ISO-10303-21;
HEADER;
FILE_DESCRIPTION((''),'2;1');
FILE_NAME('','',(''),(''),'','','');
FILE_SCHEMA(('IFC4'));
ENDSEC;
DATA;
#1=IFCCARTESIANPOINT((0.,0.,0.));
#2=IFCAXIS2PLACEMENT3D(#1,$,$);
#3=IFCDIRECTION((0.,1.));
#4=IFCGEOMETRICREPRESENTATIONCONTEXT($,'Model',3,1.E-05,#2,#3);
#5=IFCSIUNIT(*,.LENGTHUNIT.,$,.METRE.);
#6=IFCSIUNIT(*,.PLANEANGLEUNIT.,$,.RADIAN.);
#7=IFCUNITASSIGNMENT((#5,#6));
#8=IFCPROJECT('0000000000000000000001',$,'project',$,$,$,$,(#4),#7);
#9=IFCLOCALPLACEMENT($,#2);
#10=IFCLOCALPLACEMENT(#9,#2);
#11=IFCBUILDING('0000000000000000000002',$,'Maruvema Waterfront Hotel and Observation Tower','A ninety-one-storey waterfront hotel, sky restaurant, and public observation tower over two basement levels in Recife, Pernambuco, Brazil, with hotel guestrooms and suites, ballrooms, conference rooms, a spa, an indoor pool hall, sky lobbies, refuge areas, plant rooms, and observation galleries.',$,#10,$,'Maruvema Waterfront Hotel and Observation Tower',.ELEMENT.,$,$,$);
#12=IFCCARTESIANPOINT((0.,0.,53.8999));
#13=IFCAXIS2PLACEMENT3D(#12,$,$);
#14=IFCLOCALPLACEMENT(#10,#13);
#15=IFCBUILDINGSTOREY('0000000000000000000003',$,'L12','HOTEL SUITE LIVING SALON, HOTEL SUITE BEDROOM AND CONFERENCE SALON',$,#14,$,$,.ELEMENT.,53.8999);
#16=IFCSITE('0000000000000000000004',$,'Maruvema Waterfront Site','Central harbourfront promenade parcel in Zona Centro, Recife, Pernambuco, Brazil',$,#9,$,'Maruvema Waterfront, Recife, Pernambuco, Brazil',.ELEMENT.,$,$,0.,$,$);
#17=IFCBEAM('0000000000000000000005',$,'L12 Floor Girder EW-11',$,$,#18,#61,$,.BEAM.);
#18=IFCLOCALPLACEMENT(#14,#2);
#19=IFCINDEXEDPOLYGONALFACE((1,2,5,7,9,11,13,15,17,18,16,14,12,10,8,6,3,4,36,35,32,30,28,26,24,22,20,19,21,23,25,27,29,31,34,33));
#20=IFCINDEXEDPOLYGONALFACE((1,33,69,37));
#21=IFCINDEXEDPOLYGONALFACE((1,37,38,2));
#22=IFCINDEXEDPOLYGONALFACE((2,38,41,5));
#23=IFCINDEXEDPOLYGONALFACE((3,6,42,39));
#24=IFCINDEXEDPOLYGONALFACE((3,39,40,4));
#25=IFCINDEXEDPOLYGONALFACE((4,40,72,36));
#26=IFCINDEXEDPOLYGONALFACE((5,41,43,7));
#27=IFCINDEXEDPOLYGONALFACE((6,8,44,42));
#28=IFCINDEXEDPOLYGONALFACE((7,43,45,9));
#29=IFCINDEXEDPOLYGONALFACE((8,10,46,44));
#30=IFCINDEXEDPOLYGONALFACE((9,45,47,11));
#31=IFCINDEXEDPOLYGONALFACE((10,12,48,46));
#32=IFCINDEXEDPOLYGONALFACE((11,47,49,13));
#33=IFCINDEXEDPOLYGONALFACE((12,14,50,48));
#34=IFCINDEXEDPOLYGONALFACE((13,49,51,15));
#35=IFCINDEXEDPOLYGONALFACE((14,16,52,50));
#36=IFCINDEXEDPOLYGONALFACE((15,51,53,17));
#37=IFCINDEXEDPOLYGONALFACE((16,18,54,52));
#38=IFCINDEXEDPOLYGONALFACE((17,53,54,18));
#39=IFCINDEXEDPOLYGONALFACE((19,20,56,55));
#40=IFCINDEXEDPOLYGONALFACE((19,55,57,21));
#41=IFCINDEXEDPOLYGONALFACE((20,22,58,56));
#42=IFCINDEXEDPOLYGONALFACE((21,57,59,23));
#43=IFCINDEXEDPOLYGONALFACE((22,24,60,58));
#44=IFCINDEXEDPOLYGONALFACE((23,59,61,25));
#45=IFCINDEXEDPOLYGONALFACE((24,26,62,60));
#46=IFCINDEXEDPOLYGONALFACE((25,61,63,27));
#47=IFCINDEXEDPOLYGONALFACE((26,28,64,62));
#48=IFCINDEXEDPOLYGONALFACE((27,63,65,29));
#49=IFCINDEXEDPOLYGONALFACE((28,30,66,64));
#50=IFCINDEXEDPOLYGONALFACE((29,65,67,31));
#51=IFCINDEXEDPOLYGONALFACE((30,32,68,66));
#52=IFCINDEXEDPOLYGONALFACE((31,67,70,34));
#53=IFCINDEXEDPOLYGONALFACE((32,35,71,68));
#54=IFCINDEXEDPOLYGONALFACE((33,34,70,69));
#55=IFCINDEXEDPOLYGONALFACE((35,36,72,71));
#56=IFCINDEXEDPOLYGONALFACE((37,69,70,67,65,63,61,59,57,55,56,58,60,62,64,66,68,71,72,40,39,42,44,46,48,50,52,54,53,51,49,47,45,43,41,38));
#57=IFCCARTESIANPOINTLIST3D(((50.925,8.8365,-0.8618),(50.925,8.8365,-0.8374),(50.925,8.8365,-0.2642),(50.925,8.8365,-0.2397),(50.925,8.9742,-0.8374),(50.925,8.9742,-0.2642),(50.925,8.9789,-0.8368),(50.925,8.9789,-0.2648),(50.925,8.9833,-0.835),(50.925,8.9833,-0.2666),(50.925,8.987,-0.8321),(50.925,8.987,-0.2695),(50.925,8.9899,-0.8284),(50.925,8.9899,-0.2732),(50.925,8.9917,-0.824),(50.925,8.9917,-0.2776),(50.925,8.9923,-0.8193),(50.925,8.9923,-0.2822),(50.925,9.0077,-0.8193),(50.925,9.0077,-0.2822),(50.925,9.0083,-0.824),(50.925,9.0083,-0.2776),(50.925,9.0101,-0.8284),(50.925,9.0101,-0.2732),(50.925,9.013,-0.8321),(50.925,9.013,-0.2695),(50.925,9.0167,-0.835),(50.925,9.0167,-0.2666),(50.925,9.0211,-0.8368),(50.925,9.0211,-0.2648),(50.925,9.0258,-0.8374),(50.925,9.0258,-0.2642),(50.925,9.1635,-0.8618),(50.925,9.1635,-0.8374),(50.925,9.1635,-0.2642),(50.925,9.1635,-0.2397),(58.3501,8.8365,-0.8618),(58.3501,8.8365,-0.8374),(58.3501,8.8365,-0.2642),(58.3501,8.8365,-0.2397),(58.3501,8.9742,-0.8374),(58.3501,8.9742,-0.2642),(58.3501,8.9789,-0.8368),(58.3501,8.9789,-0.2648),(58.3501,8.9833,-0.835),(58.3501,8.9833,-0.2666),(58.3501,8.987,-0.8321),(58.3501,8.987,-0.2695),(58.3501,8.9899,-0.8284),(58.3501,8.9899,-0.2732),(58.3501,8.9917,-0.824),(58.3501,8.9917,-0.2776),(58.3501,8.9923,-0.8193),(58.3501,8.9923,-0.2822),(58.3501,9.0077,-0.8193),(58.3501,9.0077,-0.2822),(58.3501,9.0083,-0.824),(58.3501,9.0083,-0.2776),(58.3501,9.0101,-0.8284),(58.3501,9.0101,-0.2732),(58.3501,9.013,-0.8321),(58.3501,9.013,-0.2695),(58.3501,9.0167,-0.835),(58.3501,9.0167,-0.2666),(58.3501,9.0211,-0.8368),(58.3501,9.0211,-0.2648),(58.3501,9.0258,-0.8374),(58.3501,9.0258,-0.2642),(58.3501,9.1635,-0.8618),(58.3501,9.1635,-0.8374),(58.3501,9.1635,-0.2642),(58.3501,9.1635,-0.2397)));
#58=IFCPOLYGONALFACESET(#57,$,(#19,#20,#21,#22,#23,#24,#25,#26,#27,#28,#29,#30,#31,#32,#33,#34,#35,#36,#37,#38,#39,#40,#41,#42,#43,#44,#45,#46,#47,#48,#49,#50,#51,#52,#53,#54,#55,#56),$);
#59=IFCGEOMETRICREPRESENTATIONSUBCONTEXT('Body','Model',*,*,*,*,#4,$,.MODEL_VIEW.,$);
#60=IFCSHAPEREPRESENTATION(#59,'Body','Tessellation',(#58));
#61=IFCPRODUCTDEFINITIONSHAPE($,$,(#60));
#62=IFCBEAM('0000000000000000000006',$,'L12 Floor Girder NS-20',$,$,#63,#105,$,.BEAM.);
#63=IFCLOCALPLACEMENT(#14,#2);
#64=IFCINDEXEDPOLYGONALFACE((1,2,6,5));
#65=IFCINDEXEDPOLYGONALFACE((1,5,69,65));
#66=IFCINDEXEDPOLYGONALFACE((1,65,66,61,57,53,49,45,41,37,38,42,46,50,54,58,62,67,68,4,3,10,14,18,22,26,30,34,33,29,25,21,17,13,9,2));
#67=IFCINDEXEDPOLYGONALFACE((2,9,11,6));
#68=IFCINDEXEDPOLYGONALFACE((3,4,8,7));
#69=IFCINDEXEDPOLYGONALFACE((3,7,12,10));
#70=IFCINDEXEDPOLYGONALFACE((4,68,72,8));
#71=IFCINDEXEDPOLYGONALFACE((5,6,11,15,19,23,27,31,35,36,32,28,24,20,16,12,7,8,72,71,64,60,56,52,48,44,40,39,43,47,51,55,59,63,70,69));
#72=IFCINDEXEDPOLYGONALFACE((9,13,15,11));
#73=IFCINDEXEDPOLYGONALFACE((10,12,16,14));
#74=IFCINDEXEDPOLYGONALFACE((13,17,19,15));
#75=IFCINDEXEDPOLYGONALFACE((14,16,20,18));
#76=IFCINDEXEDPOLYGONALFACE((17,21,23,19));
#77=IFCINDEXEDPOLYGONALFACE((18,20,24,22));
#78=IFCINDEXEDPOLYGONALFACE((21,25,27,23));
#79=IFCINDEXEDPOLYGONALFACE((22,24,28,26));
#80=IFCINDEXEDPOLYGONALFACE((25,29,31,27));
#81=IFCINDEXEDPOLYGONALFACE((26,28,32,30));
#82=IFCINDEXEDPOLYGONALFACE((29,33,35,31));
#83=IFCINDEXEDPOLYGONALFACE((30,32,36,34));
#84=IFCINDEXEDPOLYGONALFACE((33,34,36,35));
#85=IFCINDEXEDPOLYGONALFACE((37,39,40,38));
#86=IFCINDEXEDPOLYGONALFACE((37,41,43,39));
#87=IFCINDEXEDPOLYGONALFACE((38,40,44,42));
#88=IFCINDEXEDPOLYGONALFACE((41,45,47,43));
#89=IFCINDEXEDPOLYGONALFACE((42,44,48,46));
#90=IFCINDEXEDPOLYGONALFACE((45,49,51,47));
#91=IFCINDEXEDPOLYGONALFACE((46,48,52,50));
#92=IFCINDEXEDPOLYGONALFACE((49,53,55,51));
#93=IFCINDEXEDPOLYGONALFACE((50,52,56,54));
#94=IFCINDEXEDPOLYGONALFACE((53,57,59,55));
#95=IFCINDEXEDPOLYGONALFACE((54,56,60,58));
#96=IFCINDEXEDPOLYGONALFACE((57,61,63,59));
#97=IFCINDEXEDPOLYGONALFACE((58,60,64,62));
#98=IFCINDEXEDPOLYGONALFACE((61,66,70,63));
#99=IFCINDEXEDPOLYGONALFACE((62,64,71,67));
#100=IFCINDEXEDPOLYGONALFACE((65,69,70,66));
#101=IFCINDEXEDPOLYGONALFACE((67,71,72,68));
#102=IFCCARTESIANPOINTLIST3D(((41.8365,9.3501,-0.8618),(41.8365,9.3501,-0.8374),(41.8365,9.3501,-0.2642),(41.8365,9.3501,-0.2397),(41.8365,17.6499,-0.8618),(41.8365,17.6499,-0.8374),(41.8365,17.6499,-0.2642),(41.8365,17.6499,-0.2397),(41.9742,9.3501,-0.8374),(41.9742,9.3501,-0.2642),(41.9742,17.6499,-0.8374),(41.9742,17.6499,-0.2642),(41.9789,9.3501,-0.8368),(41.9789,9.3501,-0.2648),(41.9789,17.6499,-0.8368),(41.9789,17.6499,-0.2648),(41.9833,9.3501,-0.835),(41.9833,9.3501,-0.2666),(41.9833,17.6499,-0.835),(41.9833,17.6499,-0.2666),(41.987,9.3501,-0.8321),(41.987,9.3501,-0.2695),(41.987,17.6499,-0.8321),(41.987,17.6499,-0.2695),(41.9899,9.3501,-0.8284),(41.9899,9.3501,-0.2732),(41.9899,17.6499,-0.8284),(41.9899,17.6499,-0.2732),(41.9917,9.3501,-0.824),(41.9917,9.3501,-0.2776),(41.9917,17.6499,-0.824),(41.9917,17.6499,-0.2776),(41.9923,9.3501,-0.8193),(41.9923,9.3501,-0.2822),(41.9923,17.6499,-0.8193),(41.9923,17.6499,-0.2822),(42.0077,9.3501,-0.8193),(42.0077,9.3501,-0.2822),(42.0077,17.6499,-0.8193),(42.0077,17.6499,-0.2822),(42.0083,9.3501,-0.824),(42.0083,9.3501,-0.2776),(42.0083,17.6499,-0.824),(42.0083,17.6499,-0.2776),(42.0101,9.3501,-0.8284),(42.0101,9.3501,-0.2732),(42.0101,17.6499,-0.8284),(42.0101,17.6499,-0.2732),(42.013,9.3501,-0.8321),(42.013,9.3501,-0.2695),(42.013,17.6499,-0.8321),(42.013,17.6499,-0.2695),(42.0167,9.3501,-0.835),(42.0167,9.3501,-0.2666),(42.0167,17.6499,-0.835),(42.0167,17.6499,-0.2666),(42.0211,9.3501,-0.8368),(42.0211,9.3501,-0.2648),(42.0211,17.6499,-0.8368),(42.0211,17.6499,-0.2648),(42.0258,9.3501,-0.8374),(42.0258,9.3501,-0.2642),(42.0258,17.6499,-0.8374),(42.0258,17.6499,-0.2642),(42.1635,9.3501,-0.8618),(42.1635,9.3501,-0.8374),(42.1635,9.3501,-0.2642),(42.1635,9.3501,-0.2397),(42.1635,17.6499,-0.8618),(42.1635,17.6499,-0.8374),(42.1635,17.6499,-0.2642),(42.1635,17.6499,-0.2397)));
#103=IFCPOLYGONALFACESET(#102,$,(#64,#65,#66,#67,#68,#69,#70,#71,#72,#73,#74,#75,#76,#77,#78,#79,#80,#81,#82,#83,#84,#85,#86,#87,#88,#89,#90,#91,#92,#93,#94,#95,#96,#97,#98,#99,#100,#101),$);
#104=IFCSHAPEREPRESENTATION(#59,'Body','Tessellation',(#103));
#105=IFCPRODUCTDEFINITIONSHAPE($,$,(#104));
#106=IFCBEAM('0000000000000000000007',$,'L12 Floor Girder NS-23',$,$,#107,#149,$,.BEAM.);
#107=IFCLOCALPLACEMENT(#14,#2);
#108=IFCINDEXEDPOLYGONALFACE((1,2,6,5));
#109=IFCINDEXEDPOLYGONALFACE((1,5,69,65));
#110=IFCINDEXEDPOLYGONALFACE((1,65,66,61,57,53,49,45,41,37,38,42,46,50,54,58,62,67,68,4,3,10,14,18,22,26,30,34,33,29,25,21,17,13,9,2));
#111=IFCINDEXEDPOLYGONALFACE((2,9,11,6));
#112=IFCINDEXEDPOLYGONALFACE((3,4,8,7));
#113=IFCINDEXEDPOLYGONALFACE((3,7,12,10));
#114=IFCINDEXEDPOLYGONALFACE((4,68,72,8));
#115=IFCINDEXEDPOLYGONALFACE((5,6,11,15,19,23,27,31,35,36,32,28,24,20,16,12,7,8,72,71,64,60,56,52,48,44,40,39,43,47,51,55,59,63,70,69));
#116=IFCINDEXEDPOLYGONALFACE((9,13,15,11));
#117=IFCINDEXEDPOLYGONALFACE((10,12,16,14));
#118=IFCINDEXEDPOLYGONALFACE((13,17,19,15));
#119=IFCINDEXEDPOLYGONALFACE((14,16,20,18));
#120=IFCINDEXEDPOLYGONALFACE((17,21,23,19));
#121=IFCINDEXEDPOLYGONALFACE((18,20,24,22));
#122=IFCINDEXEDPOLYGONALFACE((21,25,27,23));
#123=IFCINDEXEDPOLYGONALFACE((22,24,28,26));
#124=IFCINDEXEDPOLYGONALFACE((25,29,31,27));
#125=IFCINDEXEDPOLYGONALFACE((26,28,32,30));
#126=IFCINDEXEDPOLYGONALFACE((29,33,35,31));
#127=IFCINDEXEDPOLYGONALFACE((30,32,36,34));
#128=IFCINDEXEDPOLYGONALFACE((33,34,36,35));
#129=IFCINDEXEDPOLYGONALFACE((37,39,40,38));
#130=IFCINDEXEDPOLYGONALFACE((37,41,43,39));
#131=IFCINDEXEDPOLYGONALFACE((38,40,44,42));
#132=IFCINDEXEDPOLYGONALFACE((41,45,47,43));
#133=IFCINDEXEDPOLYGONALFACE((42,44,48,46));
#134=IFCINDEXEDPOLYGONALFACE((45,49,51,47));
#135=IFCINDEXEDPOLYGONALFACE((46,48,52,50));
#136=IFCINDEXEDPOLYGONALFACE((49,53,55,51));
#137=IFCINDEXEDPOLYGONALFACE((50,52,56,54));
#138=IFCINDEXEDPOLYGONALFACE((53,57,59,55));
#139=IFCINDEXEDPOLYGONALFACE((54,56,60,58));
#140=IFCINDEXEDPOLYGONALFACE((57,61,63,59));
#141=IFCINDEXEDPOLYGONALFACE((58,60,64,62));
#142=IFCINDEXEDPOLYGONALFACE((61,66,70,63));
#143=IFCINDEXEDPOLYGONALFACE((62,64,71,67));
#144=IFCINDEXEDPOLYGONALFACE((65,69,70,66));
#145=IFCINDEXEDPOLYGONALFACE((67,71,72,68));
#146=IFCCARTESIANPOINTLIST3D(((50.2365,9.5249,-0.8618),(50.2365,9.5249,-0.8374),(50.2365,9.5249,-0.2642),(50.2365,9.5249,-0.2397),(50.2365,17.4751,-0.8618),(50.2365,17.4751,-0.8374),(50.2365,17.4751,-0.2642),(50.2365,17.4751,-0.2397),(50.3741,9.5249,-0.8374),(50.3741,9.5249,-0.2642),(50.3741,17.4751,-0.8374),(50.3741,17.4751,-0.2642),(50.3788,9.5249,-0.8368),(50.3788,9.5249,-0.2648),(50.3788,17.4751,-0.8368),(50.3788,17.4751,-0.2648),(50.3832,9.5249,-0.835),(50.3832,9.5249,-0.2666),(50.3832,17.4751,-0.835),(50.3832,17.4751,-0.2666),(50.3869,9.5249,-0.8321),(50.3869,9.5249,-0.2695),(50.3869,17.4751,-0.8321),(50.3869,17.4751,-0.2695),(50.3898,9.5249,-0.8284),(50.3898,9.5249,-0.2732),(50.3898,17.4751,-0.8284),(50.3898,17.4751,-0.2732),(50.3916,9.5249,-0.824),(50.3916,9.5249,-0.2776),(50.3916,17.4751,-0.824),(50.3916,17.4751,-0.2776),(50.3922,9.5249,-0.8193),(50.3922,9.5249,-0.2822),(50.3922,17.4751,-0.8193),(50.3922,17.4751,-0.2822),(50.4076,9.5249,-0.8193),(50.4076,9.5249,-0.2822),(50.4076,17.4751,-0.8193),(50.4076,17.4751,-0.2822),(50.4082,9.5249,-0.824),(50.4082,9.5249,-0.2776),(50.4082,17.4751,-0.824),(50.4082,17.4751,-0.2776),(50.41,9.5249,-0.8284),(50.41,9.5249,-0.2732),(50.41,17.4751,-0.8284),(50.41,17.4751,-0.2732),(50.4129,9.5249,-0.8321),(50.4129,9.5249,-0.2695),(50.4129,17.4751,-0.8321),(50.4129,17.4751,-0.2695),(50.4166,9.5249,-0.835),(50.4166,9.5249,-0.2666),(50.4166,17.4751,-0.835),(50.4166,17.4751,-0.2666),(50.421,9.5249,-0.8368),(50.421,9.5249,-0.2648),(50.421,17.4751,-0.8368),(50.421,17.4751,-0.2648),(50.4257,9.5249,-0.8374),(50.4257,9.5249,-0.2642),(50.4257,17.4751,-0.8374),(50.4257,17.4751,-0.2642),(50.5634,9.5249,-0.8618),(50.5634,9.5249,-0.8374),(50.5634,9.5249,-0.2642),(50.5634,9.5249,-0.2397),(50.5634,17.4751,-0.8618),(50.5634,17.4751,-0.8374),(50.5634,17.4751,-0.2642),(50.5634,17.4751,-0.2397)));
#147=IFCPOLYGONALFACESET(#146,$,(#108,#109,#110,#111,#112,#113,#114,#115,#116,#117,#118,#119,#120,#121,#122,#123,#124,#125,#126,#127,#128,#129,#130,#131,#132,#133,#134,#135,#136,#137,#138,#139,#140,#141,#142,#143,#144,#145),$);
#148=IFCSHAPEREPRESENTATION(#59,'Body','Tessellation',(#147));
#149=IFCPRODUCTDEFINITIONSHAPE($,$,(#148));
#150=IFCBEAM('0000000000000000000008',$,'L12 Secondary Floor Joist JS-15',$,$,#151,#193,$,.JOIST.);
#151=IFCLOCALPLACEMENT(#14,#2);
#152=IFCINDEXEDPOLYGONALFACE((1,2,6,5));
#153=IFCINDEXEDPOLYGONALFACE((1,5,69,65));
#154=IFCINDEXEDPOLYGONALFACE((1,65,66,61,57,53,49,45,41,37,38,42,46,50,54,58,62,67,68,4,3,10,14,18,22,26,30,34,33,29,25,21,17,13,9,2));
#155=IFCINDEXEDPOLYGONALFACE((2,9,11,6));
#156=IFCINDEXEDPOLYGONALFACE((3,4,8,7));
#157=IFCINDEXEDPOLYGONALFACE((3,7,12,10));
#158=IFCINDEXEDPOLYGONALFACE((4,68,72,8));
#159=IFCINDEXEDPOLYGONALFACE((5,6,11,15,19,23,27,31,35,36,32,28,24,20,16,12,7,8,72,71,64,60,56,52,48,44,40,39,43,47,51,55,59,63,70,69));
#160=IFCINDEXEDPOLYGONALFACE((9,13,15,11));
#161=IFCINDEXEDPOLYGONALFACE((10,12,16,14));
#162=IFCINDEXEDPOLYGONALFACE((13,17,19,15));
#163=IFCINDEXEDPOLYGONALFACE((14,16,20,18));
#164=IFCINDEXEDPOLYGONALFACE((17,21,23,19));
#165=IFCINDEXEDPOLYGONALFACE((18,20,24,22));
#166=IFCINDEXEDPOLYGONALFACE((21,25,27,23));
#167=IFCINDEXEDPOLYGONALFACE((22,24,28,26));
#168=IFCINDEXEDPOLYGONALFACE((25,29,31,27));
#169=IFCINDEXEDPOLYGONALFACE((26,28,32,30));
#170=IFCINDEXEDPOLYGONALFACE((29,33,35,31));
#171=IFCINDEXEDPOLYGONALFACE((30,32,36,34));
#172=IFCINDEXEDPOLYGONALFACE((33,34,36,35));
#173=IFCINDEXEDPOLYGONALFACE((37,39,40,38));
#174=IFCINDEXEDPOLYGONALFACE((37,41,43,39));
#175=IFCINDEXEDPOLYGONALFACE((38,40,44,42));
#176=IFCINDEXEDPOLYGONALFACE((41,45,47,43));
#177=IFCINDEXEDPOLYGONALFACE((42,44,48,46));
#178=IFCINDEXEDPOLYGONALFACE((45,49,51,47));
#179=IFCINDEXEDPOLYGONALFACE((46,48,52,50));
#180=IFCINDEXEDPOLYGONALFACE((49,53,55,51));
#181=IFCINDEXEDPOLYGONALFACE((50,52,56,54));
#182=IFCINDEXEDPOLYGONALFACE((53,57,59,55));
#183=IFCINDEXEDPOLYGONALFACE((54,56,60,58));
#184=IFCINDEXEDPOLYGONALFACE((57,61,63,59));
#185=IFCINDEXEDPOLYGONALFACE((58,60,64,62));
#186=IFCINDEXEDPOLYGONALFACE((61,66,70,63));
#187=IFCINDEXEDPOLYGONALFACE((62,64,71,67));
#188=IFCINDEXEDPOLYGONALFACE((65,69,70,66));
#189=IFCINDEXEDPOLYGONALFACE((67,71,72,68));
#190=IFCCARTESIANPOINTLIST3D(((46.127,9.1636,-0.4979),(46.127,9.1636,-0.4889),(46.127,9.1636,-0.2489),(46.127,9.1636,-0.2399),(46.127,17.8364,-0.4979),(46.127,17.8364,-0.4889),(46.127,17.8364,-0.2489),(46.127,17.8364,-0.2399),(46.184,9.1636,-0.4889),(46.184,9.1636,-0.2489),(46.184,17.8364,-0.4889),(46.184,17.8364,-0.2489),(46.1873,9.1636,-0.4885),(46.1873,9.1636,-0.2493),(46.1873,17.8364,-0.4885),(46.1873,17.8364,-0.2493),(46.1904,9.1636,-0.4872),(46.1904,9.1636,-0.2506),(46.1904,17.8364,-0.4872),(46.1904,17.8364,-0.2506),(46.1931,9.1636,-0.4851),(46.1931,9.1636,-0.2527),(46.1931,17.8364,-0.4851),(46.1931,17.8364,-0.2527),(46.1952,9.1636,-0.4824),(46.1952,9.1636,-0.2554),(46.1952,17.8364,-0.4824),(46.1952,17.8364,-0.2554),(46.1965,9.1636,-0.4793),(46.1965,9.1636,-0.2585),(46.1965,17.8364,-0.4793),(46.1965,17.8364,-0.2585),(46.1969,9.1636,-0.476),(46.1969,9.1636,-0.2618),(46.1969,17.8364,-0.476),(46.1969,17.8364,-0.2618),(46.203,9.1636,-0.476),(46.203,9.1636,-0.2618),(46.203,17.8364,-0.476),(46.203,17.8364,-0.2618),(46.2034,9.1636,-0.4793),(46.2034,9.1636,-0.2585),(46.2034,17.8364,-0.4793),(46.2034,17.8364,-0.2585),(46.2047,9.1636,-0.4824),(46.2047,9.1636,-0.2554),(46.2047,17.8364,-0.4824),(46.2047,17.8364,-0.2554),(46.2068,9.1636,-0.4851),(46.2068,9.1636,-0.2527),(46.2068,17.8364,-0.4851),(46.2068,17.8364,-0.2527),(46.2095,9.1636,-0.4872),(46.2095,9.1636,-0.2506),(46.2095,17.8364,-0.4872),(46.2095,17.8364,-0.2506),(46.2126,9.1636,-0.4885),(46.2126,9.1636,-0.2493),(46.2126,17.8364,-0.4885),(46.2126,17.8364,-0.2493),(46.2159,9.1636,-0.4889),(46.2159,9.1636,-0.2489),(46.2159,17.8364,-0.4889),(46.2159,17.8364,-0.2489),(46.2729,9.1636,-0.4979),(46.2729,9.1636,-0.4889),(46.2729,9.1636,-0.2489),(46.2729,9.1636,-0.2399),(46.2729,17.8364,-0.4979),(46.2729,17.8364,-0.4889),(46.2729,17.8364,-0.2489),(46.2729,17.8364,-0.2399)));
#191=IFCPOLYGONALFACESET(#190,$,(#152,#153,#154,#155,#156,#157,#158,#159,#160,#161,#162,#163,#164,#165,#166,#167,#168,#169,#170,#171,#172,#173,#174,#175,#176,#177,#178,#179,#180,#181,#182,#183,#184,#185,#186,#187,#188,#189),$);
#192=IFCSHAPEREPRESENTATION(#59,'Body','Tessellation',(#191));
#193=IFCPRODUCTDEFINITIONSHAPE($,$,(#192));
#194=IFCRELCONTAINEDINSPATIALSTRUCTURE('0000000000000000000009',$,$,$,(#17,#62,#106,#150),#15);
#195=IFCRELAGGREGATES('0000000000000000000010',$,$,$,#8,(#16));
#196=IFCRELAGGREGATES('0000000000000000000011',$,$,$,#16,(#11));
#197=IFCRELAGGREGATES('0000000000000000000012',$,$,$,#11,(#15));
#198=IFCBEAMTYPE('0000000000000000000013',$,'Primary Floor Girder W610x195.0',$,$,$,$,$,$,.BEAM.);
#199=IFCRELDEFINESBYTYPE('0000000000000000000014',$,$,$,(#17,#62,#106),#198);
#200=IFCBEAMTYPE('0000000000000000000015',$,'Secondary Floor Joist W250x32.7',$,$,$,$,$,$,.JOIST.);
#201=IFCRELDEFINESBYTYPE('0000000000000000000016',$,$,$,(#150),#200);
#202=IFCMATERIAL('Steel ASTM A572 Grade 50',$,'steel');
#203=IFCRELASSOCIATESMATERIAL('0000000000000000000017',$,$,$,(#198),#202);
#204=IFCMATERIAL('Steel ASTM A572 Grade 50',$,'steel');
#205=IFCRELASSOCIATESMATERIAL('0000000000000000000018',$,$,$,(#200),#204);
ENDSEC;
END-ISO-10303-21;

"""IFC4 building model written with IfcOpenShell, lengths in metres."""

from ifc_helpers import new_model, si_unit, direction, frame, origin, origin_2d, place, context, subcontext, project, spatial, i_section, extrude, material, material_profile, profile_set, type_object, element, save


model = new_model("IFC4")

# Units and contexts
model_context = context("Model", 3, precision=1e-05, world=origin(), true_north=direction((0.0, 1.0)))
body_context = subcontext(model_context, "Body", "Model", "MODEL_VIEW")
ifc_project = project(units=[si_unit("LENGTHUNIT", "METRE"), si_unit("PLANEANGLEUNIT", "RADIAN")], contexts=[model_context])

# Site, building, storey
site_placement = place(None, origin())
site = spatial("IfcSite", under=ifc_project, at=site_placement, Name="Maruvema Waterfront Site", Description="Central harbourfront promenade parcel in Zona Centro, Recife, Pernambuco, Brazil", LongName="Maruvema Waterfront, Recife, Pernambuco, Brazil", CompositionType="ELEMENT", RefElevation=0.0)
building_placement = place(site_placement, origin())
building = spatial("IfcBuilding", under=site, at=building_placement, Name="Maruvema Waterfront Hotel and Observation Tower", Description="A ninety-one-storey waterfront hotel, sky restaurant, and public observation tower over two basement levels in Recife, Pernambuco, Brazil, with hotel guestrooms and suites, ballrooms, conference rooms, a spa, an indoor pool hall, sky lobbies, refuge areas, plant rooms, and observation galleries.", LongName="Maruvema Waterfront Hotel and Observation Tower", CompositionType="ELEMENT")
storey_placement = place(building_placement, frame((0.0, 0.0, 53.8999)))
storey = spatial("IfcBuildingStorey", under=building, at=storey_placement, Name="L12", Description="HOTEL SUITE LIVING SALON, HOTEL SUITE BEDROOM AND CONFERENCE SALON", CompositionType="ELEMENT", Elevation=53.8999)

# Beams
ifc_material_1 = material(Name="Steel ASTM A572 Grade 50", Category="steel")
ifc_material_profile_1 = material_profile(ifc_material_1, i_section(OverallWidth=0.3269, OverallDepth=0.6221, WebThickness=0.0154, FlangeThickness=0.0244, FilletRadius=0.0181, at=origin_2d()), Name="W610x195.0")
ifc_profile_set_1 = profile_set([ifc_material_profile_1], Name="Steel ASTM A572 Grade 50")
beam_type_1 = type_object("IfcBeamType", Name="Primary Floor Girder W610x195.0", PredefinedType="BEAM", material=ifc_profile_set_1)
beam_1_placement = place(storey_placement, frame((50.925, 9.0, -0.5508), z_axis=(1.0, 0.0, 0.0), x_axis=(0.0, 1.0, 0.0)))
element("IfcBeam", 1, at=beam_1_placement, inside=storey, type_object=beam_type_1, Name="L12 Floor Girder EW-11", PredefinedType="BEAM", context=body_context, shape_type="SweptSolid", body=[
    extrude(i_section(OverallWidth=0.3269, OverallDepth=0.6221, WebThickness=0.0154, FlangeThickness=0.0244, FilletRadius=0.0181, at=origin_2d()), origin(), (0.0, 0.0, 1.0), 7.425),
])
beam_2_placement = place(storey_placement, frame((42.0, 9.3501, -0.5508), z_axis=(0.0, 1.0, 0.0), x_axis=(-1.0, 0.0, 0.0)))
element("IfcBeam", 2, at=beam_2_placement, inside=storey, type_object=beam_type_1, Name="L12 Floor Girder NS-20", PredefinedType="BEAM", context=body_context, shape_type="SweptSolid", body=[
    extrude(i_section(OverallWidth=0.3269, OverallDepth=0.6221, WebThickness=0.0154, FlangeThickness=0.0244, FilletRadius=0.0181, at=origin_2d()), origin(), (0.0, 0.0, 1.0), 8.2998),
])
beam_3_placement = place(storey_placement, frame((50.3999, 9.5249, -0.5508), z_axis=(0.0, 1.0, 0.0), x_axis=(-1.0, 0.0, 0.0)))
element("IfcBeam", 3, at=beam_3_placement, inside=storey, type_object=beam_type_1, Name="L12 Floor Girder NS-23", PredefinedType="BEAM", context=body_context, shape_type="SweptSolid", body=[
    extrude(i_section(OverallWidth=0.3269, OverallDepth=0.6221, WebThickness=0.0154, FlangeThickness=0.0244, FilletRadius=0.0181, at=origin_2d()), origin(), (0.0, 0.0, 1.0), 7.9502),
])
ifc_material_2 = material(Name="Steel ASTM A572 Grade 50", Category="steel")
ifc_material_profile_2 = material_profile(ifc_material_2, i_section(OverallWidth=0.146, OverallDepth=0.2581, WebThickness=0.0061, FlangeThickness=0.009, FilletRadius=0.0129, at=origin_2d()), Name="W250x32.7")
ifc_profile_set_2 = profile_set([ifc_material_profile_2], Name="Steel ASTM A572 Grade 50")
beam_type_2 = type_object("IfcBeamType", Name="Secondary Floor Joist W250x32.7", PredefinedType="JOIST", material=ifc_profile_set_2)
beam_4_placement = place(storey_placement, frame((46.2, 9.1636, -0.3689), z_axis=(0.0, 1.0, 0.0), x_axis=(-1.0, 0.0, 0.0)))
element("IfcBeam", 4, at=beam_4_placement, inside=storey, type_object=beam_type_2, Name="L12 Secondary Floor Joist JS-15", PredefinedType="JOIST", context=body_context, shape_type="SweptSolid", body=[
    extrude(i_section(OverallWidth=0.146, OverallDepth=0.2581, WebThickness=0.0061, FlangeThickness=0.009, FilletRadius=0.0129, at=origin_2d()), origin(), (0.0, 0.0, 1.0), 8.6729),
])

save(model, "model.ifc")
